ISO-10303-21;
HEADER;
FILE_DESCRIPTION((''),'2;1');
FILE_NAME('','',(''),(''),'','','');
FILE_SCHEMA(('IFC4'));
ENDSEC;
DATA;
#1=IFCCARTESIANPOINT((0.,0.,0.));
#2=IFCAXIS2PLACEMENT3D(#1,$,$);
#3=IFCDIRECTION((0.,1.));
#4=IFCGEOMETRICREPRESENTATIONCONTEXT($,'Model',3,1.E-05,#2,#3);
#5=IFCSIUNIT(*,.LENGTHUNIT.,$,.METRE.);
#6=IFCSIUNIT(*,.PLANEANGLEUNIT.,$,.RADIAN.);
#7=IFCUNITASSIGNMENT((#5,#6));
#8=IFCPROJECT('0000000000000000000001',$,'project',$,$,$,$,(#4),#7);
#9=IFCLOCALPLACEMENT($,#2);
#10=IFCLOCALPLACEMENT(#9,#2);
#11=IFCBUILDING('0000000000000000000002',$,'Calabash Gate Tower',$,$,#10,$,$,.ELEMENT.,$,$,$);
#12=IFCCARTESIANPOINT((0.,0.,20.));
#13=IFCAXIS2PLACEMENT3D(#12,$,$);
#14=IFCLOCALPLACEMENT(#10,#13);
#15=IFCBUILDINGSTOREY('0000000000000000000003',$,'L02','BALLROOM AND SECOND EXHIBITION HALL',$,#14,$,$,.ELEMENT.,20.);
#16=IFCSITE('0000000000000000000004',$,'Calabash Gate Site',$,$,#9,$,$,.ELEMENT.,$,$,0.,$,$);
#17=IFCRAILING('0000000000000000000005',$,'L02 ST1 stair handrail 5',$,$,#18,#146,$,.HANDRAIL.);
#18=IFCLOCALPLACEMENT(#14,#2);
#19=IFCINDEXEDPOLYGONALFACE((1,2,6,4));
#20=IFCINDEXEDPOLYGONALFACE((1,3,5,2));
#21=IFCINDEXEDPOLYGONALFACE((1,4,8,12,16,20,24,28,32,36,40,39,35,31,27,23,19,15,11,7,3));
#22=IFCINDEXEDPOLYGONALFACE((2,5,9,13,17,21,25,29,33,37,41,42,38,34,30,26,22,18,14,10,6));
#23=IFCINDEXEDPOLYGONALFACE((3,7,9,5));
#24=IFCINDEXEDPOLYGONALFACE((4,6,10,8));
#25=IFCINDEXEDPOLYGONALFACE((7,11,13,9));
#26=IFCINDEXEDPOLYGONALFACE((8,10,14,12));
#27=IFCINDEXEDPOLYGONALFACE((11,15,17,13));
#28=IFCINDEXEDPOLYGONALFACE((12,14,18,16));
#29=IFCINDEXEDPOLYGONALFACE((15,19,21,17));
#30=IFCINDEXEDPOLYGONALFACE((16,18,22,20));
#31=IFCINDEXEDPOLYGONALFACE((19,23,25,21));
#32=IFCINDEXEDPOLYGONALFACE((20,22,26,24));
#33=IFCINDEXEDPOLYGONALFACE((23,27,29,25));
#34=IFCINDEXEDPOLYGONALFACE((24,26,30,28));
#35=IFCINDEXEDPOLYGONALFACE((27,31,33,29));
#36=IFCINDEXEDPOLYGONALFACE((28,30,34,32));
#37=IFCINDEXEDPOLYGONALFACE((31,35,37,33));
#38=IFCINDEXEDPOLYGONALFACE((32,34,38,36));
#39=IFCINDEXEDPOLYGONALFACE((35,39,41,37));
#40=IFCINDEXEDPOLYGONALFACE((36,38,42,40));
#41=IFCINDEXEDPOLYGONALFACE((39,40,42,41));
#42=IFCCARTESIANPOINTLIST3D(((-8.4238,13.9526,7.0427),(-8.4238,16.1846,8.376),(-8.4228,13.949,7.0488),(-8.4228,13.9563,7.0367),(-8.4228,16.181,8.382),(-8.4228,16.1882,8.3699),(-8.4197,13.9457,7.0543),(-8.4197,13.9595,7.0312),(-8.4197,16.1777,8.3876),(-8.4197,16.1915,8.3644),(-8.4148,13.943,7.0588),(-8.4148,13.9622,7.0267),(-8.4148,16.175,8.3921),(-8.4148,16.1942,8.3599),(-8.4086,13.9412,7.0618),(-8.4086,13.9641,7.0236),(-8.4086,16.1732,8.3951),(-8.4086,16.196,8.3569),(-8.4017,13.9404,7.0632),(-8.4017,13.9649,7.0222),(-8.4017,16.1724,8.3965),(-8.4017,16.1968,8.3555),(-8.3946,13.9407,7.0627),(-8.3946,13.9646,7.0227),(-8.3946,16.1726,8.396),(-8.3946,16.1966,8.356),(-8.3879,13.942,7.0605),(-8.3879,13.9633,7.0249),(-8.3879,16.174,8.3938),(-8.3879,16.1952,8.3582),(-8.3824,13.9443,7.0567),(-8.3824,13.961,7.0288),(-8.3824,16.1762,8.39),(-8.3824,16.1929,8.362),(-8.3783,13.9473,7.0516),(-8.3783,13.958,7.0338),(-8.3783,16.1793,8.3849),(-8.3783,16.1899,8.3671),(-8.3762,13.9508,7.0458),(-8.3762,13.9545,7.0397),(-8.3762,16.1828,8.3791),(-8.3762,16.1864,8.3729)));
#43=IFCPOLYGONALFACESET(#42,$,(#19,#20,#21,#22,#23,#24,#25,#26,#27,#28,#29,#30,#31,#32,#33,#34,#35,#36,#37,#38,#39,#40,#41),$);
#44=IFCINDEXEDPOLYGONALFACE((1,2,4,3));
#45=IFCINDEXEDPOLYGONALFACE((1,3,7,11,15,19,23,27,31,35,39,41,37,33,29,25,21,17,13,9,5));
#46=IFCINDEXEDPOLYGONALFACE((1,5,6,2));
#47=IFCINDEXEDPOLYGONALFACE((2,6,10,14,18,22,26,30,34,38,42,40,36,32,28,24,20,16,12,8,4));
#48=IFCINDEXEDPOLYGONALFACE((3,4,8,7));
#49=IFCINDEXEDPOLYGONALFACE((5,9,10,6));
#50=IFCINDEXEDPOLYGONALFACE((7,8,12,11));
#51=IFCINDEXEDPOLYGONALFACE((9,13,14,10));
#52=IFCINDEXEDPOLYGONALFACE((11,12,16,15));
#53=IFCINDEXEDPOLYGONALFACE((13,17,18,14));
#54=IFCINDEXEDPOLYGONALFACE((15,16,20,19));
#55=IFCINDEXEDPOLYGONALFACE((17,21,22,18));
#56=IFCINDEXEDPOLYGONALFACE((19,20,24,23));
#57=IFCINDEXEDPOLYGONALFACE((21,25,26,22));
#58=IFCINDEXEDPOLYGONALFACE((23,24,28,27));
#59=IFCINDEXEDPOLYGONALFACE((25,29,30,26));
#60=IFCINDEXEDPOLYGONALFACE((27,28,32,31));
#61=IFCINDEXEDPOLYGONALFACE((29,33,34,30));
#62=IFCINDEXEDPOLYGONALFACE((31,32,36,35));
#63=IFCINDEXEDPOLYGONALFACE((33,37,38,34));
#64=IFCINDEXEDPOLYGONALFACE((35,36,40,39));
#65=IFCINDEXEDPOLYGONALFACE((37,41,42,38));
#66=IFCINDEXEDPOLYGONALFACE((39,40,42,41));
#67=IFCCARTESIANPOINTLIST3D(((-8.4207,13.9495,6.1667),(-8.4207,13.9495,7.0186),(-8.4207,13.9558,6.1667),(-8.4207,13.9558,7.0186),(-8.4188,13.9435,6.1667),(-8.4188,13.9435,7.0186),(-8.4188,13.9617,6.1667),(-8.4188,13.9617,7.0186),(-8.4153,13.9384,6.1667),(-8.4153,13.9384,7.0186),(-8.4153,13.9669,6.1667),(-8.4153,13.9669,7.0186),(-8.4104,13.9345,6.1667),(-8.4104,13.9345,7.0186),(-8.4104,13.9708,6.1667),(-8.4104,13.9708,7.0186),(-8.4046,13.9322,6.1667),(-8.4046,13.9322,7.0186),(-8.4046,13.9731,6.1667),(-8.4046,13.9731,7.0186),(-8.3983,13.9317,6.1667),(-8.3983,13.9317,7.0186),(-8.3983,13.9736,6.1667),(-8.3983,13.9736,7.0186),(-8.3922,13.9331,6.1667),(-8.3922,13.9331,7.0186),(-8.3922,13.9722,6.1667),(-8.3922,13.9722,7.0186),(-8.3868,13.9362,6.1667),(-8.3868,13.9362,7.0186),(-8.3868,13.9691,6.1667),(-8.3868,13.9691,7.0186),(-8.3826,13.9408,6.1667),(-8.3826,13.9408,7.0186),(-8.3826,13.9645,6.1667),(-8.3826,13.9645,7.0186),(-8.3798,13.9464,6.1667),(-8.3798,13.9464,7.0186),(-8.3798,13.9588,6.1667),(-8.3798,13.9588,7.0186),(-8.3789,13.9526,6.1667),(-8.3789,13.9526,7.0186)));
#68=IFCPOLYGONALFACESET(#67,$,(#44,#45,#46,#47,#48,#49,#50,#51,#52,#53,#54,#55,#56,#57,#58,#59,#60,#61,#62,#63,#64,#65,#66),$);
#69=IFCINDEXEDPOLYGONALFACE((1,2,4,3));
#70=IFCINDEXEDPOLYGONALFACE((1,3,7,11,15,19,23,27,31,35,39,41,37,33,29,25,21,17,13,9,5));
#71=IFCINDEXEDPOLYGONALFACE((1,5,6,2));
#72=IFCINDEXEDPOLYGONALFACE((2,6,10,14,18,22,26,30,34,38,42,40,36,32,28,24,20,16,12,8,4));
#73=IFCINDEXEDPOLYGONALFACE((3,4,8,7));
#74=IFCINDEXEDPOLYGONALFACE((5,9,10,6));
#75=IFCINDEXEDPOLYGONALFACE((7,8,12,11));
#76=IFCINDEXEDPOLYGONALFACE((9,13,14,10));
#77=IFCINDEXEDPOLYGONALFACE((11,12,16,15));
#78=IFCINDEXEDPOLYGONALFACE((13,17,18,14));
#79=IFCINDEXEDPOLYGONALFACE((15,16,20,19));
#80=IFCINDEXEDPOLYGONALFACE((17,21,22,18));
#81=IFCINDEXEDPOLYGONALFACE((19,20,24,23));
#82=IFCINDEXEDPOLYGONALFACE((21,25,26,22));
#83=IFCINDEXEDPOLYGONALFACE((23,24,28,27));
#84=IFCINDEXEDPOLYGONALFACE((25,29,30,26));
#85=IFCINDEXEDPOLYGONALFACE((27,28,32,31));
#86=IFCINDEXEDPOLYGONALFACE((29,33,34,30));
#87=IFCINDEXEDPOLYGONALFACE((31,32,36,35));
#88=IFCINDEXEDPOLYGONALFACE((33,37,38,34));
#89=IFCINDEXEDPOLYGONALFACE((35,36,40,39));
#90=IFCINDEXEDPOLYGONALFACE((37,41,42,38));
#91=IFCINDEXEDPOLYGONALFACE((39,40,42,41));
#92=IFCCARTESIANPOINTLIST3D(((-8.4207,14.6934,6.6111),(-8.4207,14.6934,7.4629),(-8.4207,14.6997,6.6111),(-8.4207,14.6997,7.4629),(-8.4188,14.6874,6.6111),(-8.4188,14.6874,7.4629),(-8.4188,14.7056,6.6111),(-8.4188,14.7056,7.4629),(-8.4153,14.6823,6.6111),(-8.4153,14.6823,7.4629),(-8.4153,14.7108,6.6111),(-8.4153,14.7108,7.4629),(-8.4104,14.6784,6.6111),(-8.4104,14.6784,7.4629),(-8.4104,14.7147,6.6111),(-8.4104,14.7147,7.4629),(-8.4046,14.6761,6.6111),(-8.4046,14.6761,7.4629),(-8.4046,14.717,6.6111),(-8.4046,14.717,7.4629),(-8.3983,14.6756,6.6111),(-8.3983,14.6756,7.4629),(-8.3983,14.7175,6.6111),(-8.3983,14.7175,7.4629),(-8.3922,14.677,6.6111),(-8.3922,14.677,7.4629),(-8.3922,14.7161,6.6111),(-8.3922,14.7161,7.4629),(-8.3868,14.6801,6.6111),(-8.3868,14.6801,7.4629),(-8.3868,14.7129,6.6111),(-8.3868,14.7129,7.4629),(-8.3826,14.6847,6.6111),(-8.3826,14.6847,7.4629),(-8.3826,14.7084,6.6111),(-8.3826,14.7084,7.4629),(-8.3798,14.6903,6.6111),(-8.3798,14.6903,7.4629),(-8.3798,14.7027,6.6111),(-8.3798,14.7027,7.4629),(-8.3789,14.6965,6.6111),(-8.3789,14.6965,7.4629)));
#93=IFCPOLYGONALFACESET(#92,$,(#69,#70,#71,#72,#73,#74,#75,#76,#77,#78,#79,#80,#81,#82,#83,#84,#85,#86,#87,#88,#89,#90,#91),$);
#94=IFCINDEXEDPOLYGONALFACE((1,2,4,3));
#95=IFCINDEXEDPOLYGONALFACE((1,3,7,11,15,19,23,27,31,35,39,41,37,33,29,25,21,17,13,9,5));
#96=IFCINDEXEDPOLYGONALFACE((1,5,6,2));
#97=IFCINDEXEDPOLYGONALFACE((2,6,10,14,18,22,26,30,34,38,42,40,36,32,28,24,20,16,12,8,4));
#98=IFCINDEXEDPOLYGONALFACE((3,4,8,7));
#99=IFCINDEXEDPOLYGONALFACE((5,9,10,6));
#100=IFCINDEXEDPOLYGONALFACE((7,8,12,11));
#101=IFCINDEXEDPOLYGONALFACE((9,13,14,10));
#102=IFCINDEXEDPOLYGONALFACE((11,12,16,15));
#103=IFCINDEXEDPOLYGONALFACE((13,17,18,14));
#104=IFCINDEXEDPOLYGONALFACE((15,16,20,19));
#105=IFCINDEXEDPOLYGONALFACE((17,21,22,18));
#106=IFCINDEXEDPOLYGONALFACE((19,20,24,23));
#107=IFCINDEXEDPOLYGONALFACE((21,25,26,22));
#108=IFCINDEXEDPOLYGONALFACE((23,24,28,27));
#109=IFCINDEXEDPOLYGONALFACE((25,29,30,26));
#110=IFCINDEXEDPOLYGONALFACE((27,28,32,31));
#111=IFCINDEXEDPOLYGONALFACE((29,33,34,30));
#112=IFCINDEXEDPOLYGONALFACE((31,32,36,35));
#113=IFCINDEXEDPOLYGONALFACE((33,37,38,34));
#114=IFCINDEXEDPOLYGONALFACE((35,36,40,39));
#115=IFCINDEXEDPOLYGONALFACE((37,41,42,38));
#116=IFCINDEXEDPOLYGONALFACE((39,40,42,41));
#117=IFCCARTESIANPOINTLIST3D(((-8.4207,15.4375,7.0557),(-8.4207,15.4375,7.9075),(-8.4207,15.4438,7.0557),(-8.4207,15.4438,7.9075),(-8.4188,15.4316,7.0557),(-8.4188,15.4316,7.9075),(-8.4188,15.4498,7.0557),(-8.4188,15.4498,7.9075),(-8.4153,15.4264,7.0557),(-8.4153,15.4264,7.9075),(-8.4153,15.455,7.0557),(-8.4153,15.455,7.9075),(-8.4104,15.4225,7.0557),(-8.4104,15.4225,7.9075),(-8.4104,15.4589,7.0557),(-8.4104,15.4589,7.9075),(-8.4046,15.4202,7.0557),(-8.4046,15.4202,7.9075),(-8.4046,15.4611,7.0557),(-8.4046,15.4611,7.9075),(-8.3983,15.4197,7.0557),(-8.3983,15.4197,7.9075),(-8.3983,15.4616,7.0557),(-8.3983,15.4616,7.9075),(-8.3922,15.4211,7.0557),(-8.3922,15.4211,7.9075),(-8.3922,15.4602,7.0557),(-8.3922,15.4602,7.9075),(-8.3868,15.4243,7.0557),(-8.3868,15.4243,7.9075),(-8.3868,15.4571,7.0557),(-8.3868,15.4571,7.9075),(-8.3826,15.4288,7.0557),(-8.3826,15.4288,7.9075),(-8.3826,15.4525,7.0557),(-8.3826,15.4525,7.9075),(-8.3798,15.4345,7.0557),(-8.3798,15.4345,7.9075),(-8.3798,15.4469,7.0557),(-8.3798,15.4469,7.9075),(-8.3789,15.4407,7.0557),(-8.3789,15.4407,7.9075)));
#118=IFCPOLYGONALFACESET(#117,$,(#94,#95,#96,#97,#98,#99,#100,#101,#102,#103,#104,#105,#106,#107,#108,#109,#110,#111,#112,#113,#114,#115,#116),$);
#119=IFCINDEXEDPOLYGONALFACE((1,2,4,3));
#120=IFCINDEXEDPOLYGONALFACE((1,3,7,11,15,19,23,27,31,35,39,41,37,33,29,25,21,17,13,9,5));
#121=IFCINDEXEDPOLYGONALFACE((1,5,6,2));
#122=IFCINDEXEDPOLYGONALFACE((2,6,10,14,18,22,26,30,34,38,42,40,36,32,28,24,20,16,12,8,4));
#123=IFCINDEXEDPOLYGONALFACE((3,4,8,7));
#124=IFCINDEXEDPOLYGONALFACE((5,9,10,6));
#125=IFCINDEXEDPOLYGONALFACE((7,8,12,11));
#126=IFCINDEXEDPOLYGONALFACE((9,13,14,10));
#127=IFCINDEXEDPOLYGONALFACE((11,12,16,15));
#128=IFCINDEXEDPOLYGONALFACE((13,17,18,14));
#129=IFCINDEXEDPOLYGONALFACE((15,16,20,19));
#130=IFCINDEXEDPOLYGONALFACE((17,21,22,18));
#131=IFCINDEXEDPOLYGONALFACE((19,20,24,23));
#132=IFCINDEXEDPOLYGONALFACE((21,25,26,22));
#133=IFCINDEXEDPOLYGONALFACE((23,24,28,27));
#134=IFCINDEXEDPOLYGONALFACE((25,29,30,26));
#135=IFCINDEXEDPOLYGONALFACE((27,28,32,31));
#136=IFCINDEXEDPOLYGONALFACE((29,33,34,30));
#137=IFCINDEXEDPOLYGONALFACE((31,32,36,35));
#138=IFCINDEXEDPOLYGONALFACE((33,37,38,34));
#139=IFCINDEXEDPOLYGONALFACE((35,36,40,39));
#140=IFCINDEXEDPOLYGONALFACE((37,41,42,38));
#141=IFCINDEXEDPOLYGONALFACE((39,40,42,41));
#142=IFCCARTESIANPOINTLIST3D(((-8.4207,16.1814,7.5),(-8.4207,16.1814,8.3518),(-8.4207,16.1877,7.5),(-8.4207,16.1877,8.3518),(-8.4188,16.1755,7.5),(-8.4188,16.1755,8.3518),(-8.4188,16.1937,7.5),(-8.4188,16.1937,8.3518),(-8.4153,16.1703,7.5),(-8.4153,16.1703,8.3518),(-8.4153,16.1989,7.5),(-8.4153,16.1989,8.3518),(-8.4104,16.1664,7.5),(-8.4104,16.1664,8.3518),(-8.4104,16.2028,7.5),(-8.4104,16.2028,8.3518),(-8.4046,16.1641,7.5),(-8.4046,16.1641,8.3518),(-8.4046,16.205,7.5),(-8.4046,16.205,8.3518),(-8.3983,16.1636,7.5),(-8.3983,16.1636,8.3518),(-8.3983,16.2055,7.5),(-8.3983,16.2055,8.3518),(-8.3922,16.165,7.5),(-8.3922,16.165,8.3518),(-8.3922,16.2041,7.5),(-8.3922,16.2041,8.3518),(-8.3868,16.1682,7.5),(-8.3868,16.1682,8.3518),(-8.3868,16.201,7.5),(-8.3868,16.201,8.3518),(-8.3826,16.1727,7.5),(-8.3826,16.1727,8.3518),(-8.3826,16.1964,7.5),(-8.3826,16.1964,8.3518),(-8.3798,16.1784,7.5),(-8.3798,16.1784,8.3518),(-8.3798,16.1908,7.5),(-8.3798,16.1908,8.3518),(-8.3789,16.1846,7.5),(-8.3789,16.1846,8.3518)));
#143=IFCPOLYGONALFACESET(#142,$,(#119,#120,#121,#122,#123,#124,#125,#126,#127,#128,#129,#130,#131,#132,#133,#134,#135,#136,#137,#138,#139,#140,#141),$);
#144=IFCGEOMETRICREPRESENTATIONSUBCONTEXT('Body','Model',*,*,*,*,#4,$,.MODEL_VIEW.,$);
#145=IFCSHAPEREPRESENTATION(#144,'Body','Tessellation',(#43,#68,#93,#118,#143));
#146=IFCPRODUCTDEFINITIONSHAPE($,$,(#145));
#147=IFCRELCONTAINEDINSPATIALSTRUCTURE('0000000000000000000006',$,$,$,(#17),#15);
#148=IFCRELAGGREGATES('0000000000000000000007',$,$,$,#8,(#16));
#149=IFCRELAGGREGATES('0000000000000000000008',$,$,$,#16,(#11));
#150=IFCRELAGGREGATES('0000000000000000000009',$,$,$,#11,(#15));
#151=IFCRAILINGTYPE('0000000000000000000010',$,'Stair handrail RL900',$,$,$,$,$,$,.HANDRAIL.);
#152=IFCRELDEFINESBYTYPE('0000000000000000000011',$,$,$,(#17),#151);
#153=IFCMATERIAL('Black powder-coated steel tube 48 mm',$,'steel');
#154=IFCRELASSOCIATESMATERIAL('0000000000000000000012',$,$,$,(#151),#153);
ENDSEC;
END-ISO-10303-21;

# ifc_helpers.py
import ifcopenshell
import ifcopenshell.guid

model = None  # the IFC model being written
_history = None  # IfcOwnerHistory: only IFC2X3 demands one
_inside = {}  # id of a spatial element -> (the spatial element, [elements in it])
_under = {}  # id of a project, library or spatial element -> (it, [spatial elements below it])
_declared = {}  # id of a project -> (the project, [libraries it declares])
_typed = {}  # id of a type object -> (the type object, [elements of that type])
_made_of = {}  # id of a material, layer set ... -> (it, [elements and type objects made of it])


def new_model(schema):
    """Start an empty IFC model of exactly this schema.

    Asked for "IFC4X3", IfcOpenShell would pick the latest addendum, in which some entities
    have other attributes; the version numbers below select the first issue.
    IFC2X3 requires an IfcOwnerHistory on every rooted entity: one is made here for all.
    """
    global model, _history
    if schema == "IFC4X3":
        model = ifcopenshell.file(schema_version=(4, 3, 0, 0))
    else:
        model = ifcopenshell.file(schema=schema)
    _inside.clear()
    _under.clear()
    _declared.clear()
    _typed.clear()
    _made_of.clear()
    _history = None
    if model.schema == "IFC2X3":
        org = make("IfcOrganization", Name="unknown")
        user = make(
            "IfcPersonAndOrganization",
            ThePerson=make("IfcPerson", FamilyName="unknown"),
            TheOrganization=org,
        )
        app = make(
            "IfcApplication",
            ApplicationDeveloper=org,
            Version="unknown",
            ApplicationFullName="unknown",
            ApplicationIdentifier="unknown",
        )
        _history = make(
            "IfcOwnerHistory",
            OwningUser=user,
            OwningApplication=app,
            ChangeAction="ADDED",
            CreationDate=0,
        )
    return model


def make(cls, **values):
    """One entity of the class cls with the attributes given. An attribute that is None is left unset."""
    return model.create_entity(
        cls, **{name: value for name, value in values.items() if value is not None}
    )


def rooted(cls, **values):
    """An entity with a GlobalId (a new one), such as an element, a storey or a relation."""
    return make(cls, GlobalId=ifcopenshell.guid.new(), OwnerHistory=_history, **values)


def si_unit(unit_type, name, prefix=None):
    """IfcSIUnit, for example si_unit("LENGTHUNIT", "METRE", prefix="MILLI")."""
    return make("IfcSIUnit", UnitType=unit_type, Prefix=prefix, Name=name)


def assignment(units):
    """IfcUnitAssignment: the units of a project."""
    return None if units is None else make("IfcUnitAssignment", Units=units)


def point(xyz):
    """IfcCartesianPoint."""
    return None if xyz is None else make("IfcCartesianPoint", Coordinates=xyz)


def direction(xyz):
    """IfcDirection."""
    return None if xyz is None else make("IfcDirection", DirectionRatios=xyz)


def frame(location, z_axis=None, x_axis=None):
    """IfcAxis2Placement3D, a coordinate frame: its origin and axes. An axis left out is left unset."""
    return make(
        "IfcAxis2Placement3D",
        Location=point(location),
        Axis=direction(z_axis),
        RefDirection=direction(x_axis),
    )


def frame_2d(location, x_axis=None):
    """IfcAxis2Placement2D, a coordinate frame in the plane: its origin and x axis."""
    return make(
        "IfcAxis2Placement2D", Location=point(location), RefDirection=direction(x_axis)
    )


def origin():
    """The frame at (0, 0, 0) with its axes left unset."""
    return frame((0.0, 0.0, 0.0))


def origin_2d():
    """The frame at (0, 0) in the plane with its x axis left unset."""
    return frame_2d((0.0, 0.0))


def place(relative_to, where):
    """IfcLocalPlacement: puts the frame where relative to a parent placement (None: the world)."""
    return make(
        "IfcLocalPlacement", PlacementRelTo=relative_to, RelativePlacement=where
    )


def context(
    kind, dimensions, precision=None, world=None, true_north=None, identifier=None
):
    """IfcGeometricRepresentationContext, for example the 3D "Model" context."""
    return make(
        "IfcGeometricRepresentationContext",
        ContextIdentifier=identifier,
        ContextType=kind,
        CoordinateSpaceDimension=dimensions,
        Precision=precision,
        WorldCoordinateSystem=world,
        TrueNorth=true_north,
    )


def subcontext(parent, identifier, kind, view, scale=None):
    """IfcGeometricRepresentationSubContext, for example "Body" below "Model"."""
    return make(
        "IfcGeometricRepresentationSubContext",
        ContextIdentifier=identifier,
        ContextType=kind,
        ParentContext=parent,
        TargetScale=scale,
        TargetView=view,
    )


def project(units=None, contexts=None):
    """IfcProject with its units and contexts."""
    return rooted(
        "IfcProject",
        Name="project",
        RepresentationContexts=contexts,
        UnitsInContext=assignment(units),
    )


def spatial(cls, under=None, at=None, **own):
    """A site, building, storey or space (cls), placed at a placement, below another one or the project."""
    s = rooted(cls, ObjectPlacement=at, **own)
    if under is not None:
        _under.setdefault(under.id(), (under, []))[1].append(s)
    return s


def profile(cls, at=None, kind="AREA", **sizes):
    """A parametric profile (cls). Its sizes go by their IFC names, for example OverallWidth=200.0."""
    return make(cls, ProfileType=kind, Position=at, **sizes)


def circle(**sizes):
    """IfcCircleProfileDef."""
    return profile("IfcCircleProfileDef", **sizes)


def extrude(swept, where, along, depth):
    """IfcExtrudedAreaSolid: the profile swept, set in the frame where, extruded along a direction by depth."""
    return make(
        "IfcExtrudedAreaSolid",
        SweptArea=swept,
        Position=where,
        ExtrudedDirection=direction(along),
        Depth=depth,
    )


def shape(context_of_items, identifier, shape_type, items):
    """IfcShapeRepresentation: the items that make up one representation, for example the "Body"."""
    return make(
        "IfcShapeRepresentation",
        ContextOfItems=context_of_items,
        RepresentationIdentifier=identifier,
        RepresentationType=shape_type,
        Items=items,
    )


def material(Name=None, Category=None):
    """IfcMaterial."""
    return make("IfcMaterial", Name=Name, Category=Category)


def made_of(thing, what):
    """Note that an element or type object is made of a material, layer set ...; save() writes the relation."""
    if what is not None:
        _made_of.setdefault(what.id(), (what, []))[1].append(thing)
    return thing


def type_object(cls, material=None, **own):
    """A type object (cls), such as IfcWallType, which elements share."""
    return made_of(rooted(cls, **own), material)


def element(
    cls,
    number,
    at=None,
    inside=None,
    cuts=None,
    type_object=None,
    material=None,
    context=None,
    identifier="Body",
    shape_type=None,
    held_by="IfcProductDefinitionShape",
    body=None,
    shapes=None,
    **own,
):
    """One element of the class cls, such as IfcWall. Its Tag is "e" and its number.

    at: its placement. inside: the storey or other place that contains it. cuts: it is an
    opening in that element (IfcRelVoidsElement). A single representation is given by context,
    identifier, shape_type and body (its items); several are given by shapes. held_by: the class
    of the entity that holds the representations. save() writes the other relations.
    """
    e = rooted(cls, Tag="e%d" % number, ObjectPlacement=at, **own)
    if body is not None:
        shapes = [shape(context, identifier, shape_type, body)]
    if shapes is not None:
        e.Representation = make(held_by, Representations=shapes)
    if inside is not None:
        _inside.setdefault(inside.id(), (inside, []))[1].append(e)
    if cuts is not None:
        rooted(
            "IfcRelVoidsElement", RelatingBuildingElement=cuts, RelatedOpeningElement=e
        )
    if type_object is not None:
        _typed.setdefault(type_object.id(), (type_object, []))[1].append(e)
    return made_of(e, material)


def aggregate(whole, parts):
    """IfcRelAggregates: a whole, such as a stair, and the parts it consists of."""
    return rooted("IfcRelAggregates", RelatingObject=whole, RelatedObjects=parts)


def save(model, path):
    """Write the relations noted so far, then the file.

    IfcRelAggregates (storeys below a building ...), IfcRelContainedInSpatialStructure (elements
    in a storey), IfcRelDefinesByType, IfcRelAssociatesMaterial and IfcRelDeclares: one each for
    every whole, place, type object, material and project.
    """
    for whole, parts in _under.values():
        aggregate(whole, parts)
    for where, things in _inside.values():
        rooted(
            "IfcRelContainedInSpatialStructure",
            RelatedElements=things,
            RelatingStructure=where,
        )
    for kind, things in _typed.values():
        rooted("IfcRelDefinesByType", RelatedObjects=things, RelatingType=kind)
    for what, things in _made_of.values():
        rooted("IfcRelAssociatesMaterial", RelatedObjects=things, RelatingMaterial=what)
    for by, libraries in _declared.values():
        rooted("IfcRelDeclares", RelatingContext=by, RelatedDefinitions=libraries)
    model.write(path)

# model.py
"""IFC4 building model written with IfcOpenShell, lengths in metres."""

from ifc_helpers import new_model, si_unit, direction, frame, origin, origin_2d, place, context, subcontext, project, spatial, circle, extrude, material, type_object, element, save


model = new_model("IFC4")

# Units and contexts
model_context = context("Model", 3, precision=1e-05, world=origin(), true_north=direction((0.0, 1.0)))
body_context = subcontext(model_context, "Body", "Model", "MODEL_VIEW")
ifc_project = project(units=[si_unit("LENGTHUNIT", "METRE"), si_unit("PLANEANGLEUNIT", "RADIAN")], contexts=[model_context])

# Site, building, storey
site_placement = place(None, origin())
site = spatial("IfcSite", under=ifc_project, at=site_placement, Name="Calabash Gate Site", CompositionType="ELEMENT", RefElevation=0.0)
building_placement = place(site_placement, origin())
building = spatial("IfcBuilding", under=site, at=building_placement, Name="Calabash Gate Tower", CompositionType="ELEMENT")
storey_placement = place(building_placement, frame((0.0, 0.0, 20.0)))
storey = spatial("IfcBuildingStorey", under=building, at=storey_placement, Name="L02", Description="BALLROOM AND SECOND EXHIBITION HALL", CompositionType="ELEMENT", Elevation=20.0)

# Railing
ifc_material_1 = material(Name="Black powder-coated steel tube 48 mm", Category="steel")
railing_type_1 = type_object("IfcRailingType", Name="Stair handrail RL900", PredefinedType="HANDRAIL", material=ifc_material_1)
railing_1_placement = place(storey_placement, frame((-8.3999, 13.9526, 6.1667)))
element("IfcRailing", 1, at=railing_1_placement, inside=storey, type_object=railing_type_1, Name="L02 ST1 stair handrail 5", PredefinedType="HANDRAIL", context=body_context, shape_type="SweptSolid", body=[
    extrude(circle(Radius=0.0239, at=origin_2d()), frame((0.0, 0.0, 0.876), z_axis=(0.0, 0.858494, 0.512824), x_axis=(-1.0, 0.0, 0.0)), (0.0, 0.0, 1.0), 2.5999),
    extrude(circle(Radius=0.021, at=origin_2d()), origin(), (0.0, 0.0, 1.0), 0.8518),
    extrude(circle(Radius=0.021, at=origin_2d()), frame((0.0, 0.7439, 0.4443)), (0.0, 0.0, 1.0), 0.8518),
    extrude(circle(Radius=0.021, at=origin_2d()), frame((0.0, 1.488, 0.8889)), (0.0, 0.0, 1.0), 0.8518),
    extrude(circle(Radius=0.021, at=origin_2d()), frame((0.0, 2.2319, 1.3333)), (0.0, 0.0, 1.0), 0.8518),
])

save(model, "model.ifc")
